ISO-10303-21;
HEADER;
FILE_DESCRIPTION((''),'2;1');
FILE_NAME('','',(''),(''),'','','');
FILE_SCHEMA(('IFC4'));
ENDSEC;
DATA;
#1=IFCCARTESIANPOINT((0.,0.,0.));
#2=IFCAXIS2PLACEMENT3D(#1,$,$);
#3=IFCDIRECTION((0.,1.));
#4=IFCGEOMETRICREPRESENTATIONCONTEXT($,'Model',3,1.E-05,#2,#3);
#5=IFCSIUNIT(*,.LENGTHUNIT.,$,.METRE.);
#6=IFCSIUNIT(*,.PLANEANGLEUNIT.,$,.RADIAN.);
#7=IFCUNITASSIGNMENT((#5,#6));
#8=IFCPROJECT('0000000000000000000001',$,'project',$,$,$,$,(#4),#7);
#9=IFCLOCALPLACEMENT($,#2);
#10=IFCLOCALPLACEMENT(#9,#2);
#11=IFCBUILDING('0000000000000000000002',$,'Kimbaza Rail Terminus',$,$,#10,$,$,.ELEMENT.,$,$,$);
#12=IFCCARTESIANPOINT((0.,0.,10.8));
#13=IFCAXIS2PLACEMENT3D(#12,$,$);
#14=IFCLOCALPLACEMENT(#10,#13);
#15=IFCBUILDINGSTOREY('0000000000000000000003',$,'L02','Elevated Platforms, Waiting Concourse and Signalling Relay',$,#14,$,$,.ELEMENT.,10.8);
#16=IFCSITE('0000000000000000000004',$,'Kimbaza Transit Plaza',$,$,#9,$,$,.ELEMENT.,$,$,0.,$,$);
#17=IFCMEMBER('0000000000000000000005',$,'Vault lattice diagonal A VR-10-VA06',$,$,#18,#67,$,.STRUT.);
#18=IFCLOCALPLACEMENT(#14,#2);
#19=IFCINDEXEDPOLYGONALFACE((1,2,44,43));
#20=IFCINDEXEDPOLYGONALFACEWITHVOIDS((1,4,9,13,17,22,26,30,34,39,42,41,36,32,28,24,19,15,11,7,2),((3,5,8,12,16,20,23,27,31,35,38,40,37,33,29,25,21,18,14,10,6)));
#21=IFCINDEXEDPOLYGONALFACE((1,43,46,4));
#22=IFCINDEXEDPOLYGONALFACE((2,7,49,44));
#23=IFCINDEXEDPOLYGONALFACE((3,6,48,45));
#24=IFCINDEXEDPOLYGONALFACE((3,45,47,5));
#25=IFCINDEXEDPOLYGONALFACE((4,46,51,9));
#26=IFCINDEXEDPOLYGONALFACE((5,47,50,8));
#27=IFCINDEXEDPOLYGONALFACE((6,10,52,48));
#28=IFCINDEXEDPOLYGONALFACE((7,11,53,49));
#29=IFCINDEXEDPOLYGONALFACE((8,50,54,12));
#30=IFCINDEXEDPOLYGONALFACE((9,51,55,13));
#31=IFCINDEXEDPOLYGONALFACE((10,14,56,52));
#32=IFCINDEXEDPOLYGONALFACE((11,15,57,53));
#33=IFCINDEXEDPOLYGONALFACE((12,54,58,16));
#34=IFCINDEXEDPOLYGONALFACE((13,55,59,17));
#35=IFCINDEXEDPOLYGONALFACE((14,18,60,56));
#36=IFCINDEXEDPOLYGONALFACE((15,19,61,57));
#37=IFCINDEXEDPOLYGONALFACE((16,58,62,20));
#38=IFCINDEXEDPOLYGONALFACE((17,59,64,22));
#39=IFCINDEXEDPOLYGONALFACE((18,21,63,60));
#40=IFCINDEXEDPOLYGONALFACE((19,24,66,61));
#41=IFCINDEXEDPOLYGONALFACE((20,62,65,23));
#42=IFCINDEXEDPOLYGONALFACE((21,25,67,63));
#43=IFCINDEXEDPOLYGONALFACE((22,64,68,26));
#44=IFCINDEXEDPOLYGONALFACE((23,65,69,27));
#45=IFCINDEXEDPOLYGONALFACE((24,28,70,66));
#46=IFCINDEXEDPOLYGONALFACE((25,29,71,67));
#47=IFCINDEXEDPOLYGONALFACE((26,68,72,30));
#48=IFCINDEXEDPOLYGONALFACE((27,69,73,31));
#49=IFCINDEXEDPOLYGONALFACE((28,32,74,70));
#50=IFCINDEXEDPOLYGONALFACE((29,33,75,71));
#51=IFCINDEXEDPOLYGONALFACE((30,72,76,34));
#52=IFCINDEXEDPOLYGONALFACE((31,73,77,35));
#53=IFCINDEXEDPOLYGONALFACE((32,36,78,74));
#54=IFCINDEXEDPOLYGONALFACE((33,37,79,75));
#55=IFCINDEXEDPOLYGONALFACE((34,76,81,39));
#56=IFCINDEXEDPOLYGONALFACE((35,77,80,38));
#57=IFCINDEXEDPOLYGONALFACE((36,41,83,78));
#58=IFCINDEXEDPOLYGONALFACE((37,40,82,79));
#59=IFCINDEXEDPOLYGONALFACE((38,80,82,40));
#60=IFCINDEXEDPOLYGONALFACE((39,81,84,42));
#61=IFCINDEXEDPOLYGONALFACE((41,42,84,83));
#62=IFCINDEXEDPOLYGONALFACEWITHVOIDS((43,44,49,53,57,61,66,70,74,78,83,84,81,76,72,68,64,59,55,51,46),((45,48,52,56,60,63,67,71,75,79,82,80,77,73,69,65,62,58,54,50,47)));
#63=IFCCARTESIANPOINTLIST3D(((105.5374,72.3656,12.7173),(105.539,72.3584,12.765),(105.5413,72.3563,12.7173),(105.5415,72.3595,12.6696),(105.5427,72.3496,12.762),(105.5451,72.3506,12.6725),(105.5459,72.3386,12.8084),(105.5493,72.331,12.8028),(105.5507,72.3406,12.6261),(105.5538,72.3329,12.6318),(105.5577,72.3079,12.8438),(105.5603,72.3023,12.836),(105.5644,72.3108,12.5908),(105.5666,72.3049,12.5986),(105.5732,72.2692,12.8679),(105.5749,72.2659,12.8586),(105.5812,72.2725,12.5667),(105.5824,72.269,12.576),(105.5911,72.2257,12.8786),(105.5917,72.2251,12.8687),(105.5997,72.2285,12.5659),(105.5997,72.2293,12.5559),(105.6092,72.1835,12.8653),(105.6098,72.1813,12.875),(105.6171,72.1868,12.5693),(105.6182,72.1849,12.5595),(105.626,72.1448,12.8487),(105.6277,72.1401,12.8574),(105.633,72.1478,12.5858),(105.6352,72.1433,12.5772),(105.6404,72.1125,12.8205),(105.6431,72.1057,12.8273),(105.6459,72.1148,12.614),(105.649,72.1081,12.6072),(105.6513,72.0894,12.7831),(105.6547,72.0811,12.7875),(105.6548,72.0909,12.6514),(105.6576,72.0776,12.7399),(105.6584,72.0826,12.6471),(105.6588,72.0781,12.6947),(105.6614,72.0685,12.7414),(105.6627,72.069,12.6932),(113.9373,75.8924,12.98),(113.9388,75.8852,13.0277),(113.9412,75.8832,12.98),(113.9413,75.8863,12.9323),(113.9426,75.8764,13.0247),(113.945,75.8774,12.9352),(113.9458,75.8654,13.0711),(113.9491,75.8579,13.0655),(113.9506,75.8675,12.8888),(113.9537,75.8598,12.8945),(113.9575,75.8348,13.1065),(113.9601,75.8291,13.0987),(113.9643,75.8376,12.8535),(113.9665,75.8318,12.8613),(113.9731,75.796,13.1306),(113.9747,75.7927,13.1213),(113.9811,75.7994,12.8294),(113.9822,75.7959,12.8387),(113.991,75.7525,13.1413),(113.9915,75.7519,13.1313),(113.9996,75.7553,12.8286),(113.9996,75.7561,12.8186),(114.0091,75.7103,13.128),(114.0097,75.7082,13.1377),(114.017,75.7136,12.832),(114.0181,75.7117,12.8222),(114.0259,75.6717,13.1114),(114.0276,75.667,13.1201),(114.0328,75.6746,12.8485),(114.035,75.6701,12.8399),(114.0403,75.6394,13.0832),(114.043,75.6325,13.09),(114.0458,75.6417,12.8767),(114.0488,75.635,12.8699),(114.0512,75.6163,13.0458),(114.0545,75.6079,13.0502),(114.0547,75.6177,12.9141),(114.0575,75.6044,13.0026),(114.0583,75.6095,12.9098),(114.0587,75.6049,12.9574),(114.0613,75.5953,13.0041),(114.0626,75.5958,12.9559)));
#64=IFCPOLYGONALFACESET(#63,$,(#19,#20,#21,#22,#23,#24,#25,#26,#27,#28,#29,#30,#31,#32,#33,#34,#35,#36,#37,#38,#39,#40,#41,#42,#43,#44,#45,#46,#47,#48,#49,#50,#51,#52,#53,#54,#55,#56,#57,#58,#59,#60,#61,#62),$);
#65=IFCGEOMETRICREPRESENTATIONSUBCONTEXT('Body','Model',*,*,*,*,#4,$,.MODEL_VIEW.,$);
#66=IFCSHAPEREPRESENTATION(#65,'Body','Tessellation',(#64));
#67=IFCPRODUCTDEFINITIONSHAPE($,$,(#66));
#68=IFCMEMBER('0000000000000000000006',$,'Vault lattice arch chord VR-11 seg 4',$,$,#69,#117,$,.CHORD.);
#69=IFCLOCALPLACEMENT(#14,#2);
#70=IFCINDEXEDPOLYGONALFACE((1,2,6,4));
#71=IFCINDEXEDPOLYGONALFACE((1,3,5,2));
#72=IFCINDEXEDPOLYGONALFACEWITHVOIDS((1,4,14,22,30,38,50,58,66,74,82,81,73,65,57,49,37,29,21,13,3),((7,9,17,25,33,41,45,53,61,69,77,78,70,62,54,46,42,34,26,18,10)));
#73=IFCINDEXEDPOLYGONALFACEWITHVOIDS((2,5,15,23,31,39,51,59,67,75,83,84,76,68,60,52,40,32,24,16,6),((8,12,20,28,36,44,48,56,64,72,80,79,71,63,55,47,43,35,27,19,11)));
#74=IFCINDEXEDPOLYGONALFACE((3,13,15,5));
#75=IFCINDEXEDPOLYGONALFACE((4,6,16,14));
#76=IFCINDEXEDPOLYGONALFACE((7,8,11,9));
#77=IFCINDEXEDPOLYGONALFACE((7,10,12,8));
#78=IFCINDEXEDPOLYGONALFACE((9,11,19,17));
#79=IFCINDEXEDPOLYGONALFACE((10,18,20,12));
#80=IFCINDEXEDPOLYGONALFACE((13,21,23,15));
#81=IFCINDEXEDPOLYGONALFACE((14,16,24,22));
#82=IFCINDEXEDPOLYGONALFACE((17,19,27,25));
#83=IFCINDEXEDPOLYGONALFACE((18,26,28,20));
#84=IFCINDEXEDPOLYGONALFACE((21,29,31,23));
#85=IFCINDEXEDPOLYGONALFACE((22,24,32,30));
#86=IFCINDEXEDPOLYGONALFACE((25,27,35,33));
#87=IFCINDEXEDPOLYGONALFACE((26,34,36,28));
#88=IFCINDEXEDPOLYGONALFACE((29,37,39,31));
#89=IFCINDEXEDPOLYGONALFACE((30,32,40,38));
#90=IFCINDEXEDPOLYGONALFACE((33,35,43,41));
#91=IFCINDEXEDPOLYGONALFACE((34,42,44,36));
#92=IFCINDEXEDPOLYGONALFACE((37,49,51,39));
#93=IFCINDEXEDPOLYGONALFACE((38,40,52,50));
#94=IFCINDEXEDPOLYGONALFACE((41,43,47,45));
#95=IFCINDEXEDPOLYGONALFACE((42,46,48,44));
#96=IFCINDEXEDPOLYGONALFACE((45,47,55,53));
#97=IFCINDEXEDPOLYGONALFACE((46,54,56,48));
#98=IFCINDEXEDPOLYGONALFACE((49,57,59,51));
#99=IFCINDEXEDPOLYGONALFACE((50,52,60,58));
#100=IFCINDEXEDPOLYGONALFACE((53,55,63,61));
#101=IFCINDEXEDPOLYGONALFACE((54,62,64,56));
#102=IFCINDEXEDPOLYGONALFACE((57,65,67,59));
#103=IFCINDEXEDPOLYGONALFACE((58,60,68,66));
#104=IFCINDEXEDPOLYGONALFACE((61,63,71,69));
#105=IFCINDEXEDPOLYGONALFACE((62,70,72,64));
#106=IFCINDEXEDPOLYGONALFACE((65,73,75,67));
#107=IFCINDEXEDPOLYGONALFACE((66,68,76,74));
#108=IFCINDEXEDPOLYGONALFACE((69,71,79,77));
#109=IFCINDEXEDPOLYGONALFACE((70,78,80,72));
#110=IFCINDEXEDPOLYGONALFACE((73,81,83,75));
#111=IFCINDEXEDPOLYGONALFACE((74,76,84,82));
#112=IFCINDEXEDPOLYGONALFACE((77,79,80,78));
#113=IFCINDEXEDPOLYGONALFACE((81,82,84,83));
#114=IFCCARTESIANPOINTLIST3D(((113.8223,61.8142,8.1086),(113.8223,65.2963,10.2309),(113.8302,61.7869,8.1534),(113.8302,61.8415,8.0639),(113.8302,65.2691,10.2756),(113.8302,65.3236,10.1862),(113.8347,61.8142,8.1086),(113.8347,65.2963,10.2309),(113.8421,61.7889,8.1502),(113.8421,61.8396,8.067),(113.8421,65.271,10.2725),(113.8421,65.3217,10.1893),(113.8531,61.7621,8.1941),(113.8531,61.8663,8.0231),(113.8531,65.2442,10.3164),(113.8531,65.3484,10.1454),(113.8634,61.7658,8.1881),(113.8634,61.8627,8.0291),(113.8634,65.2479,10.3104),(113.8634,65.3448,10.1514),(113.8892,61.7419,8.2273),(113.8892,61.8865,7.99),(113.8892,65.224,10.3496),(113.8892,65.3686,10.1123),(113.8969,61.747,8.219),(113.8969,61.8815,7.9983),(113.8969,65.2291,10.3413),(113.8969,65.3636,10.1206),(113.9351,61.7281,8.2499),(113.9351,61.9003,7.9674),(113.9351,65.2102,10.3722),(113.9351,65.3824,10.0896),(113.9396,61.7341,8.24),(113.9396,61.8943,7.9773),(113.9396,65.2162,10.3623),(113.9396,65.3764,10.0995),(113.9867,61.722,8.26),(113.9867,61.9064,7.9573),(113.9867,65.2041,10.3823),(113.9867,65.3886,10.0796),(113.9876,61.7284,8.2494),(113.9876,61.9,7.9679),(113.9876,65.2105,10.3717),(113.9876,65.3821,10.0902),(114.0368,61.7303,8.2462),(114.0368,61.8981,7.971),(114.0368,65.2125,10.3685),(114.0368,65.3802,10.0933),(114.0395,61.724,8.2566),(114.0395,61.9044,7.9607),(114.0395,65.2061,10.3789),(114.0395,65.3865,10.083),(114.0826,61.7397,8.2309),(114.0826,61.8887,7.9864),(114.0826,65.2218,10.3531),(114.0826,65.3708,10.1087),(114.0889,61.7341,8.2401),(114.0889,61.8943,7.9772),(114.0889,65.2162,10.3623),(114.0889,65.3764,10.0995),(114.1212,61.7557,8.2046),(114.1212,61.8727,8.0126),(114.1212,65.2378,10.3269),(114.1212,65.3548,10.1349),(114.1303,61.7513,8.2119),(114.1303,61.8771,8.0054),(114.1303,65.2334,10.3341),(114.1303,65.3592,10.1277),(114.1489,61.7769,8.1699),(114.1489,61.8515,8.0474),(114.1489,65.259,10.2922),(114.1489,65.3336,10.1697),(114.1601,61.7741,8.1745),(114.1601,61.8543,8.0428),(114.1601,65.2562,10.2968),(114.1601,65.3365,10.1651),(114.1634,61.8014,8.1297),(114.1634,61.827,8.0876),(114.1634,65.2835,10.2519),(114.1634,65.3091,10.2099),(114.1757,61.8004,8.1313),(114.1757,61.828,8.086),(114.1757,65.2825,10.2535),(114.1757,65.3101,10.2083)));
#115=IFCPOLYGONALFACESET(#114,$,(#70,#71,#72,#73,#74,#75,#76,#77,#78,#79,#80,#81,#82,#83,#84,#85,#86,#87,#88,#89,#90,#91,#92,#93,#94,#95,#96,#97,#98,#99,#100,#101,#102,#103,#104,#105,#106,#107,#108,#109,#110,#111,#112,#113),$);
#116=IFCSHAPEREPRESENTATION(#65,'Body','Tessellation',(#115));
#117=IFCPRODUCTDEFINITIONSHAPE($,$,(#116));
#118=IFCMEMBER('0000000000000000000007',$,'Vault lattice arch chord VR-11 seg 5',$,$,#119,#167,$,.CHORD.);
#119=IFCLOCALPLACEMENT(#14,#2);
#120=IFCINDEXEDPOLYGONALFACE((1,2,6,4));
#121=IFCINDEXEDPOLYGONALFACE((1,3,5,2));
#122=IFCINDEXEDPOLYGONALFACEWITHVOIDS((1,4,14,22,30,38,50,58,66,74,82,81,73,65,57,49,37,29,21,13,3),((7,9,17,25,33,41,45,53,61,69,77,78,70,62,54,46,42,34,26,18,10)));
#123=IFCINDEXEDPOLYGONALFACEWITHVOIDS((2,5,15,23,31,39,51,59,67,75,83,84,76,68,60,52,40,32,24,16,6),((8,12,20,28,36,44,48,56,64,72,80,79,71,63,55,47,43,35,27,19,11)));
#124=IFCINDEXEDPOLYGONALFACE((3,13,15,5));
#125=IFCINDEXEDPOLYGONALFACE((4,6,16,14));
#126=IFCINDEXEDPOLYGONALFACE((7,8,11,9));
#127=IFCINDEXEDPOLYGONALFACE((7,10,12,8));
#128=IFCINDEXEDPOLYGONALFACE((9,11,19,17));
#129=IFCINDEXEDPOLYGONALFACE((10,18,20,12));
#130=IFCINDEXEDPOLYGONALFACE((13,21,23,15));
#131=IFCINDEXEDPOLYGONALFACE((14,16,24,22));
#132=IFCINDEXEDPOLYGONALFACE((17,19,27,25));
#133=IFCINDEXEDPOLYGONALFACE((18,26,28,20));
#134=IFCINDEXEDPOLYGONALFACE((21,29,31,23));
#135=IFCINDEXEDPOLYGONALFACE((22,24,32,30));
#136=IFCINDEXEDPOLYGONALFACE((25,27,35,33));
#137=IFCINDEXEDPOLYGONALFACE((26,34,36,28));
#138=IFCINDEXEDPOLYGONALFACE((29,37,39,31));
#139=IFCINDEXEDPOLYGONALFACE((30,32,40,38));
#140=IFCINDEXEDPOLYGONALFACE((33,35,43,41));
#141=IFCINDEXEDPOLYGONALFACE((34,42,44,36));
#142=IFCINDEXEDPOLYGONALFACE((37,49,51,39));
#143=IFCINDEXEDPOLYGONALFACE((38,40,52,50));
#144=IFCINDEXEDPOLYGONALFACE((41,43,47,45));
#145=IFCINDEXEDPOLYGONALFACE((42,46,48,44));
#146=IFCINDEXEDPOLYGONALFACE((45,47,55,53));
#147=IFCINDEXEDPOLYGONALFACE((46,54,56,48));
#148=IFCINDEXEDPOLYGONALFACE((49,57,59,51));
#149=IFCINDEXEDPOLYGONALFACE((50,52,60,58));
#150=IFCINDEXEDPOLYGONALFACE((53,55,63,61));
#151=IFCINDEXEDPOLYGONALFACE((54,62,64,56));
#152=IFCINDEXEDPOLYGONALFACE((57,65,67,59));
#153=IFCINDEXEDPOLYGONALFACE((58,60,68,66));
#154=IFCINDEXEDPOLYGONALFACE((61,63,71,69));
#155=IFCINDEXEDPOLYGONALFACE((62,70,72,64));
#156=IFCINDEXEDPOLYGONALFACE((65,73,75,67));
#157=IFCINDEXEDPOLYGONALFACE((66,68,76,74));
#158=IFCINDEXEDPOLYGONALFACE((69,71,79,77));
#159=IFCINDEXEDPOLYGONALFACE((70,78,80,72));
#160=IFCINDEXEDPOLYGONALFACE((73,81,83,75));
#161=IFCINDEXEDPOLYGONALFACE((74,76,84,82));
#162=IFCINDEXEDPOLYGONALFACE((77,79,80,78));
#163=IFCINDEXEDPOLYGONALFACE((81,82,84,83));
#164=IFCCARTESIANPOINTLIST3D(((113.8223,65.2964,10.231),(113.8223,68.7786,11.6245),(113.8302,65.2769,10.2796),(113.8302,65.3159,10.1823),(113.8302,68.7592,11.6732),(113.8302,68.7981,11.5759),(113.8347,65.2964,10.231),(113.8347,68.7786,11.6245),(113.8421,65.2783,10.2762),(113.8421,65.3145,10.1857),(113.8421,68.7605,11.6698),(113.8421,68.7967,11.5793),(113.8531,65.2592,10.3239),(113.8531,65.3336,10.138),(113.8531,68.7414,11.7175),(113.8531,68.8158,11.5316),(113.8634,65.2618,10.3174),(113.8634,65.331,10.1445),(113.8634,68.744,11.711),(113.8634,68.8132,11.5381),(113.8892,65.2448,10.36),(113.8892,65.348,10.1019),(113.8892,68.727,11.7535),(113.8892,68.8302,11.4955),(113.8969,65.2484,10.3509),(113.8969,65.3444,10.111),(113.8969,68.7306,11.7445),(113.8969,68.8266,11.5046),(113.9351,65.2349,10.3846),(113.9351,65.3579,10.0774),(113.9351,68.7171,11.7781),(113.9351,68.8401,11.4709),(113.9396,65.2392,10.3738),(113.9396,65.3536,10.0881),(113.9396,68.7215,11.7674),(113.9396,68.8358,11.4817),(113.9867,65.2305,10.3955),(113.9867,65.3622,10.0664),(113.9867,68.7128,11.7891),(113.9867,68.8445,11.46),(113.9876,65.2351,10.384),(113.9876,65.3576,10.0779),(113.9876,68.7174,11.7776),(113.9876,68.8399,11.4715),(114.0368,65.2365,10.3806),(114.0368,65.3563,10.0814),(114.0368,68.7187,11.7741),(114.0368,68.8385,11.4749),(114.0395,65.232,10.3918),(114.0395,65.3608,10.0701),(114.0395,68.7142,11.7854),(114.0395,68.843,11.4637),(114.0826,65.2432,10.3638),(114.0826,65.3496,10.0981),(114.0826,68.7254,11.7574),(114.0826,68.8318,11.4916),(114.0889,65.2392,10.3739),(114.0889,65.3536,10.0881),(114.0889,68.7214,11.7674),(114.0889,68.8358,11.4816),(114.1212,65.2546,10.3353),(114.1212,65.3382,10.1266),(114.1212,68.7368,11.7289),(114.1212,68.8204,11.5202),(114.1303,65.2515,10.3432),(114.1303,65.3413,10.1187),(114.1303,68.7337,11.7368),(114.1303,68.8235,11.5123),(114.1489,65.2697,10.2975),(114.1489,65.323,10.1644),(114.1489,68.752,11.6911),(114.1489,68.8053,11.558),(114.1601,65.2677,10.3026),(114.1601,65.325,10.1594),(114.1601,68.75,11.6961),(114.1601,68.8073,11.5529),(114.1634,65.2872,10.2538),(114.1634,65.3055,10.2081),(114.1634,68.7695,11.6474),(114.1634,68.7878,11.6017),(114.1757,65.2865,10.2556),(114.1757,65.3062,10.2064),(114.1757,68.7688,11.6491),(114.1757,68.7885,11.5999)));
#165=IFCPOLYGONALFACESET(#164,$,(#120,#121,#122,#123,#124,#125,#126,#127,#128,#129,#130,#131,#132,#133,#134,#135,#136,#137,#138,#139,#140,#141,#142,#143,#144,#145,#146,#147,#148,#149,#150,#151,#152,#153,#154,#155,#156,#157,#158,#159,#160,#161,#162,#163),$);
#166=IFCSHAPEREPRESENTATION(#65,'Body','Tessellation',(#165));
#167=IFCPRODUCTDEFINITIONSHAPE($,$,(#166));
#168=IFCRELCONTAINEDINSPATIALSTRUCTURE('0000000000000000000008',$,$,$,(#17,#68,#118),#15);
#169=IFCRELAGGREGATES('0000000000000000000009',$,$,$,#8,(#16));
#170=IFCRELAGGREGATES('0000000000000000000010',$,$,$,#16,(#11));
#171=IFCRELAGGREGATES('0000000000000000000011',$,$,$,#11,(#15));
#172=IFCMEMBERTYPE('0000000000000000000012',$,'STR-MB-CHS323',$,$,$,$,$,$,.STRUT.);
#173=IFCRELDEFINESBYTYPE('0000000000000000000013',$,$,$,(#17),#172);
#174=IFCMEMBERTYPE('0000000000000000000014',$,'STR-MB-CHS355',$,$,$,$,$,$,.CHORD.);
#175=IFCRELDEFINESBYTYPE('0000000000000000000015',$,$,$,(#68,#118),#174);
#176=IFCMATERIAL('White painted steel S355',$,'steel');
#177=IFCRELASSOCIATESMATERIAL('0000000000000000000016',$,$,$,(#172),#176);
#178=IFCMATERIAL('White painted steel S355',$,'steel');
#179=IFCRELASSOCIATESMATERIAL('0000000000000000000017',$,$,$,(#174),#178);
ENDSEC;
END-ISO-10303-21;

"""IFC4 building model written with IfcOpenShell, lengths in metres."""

from ifc_helpers import new_model, si_unit, direction, frame, origin, origin_2d, place, context, subcontext, project, spatial, hollow_circle, extrude, material, material_profile, profile_set, type_object, element, save


model = new_model("IFC4")

# Units and contexts
model_context = context("Model", 3, precision=1e-05, world=origin(), true_north=direction((0.0, 1.0)))
body_context = subcontext(model_context, "Body", "Model", "MODEL_VIEW")
ifc_project = project(units=[si_unit("LENGTHUNIT", "METRE"), si_unit("PLANEANGLEUNIT", "RADIAN")], contexts=[model_context])

# Site, building, storey
site_placement = place(None, origin())
site = spatial("IfcSite", under=ifc_project, at=site_placement, Name="Kimbaza Transit Plaza", CompositionType="ELEMENT", RefElevation=0.0)
building_placement = place(site_placement, origin())
building = spatial("IfcBuilding", under=site, at=building_placement, Name="Kimbaza Rail Terminus", CompositionType="ELEMENT")
storey_placement = place(building_placement, frame((0.0, 0.0, 10.8)))
storey = spatial("IfcBuildingStorey", under=building, at=storey_placement, Name="L02", Description="Elevated Platforms, Waiting Concourse and Signalling Relay", CompositionType="ELEMENT", Elevation=10.8)

# Members
ifc_material_1 = material(Name="White painted steel S355", Category="steel")
ifc_material_profile_1 = material_profile(ifc_material_1, hollow_circle(Radius=0.1619, WallThickness=0.01, at=origin_2d()), Name="CHS 323.9x10")
ifc_profile_set_1 = profile_set([ifc_material_profile_1], Name="White painted steel S355")
member_type_1 = type_object("IfcMemberType", Name="STR-MB-CHS323", PredefinedType="STRUT", material=ifc_profile_set_1)
member_1_placement = place(storey_placement, frame((105.6001, 72.2163, 12.7173), z_axis=(0.921642, 0.386969, 0.028823), x_axis=(-0.38713, 0.922025, 0.0)))
element("IfcMember", 1, at=member_1_placement, inside=storey, type_object=member_type_1, Name="Vault lattice diagonal A VR-10-VA06", PredefinedType="STRUT", context=body_context, shape_type="SweptSolid", body=[
    extrude(hollow_circle(Radius=0.1619, WallThickness=0.01, at=origin_2d()), origin(), (0.0, 0.0, 1.0), 9.114),
])
ifc_material_2 = material(Name="White painted steel S355", Category="steel")
ifc_material_profile_2 = material_profile(ifc_material_2, hollow_circle(Radius=0.1777, WallThickness=0.0125, at=origin_2d()), Name="CHS 355.6x12.5")
ifc_profile_set_2 = profile_set([ifc_material_profile_2], Name="White painted steel S355")
member_type_2 = type_object("IfcMemberType", Name="STR-MB-CHS355", PredefinedType="CHORD", material=ifc_profile_set_2)
member_2_placement = place(storey_placement, frame((114.0, 61.8142, 8.1086), z_axis=(0.0, 0.853901, 0.520435), x_axis=(-1.0, 0.0, 0.0)))
element("IfcMember", 2, at=member_2_placement, inside=storey, type_object=member_type_2, Name="Vault lattice arch chord VR-11 seg 4", PredefinedType="CHORD", context=body_context, shape_type="SweptSolid", body=[
    extrude(hollow_circle(Radius=0.1777, WallThickness=0.0125, at=origin_2d()), origin(), (0.0, 0.0, 1.0), 4.0779),
])
member_3_placement = place(storey_placement, frame((114.0, 65.2964, 10.231), z_axis=(0.0, 0.928414, 0.371548), x_axis=(-1.0, 0.0, 0.0)))
element("IfcMember", 3, at=member_3_placement, inside=storey, type_object=member_type_2, Name="Vault lattice arch chord VR-11 seg 5", PredefinedType="CHORD", context=body_context, shape_type="SweptSolid", body=[
    extrude(hollow_circle(Radius=0.1777, WallThickness=0.0125, at=origin_2d()), origin(), (0.0, 0.0, 1.0), 3.7507),
])

save(model, "model.ifc")
